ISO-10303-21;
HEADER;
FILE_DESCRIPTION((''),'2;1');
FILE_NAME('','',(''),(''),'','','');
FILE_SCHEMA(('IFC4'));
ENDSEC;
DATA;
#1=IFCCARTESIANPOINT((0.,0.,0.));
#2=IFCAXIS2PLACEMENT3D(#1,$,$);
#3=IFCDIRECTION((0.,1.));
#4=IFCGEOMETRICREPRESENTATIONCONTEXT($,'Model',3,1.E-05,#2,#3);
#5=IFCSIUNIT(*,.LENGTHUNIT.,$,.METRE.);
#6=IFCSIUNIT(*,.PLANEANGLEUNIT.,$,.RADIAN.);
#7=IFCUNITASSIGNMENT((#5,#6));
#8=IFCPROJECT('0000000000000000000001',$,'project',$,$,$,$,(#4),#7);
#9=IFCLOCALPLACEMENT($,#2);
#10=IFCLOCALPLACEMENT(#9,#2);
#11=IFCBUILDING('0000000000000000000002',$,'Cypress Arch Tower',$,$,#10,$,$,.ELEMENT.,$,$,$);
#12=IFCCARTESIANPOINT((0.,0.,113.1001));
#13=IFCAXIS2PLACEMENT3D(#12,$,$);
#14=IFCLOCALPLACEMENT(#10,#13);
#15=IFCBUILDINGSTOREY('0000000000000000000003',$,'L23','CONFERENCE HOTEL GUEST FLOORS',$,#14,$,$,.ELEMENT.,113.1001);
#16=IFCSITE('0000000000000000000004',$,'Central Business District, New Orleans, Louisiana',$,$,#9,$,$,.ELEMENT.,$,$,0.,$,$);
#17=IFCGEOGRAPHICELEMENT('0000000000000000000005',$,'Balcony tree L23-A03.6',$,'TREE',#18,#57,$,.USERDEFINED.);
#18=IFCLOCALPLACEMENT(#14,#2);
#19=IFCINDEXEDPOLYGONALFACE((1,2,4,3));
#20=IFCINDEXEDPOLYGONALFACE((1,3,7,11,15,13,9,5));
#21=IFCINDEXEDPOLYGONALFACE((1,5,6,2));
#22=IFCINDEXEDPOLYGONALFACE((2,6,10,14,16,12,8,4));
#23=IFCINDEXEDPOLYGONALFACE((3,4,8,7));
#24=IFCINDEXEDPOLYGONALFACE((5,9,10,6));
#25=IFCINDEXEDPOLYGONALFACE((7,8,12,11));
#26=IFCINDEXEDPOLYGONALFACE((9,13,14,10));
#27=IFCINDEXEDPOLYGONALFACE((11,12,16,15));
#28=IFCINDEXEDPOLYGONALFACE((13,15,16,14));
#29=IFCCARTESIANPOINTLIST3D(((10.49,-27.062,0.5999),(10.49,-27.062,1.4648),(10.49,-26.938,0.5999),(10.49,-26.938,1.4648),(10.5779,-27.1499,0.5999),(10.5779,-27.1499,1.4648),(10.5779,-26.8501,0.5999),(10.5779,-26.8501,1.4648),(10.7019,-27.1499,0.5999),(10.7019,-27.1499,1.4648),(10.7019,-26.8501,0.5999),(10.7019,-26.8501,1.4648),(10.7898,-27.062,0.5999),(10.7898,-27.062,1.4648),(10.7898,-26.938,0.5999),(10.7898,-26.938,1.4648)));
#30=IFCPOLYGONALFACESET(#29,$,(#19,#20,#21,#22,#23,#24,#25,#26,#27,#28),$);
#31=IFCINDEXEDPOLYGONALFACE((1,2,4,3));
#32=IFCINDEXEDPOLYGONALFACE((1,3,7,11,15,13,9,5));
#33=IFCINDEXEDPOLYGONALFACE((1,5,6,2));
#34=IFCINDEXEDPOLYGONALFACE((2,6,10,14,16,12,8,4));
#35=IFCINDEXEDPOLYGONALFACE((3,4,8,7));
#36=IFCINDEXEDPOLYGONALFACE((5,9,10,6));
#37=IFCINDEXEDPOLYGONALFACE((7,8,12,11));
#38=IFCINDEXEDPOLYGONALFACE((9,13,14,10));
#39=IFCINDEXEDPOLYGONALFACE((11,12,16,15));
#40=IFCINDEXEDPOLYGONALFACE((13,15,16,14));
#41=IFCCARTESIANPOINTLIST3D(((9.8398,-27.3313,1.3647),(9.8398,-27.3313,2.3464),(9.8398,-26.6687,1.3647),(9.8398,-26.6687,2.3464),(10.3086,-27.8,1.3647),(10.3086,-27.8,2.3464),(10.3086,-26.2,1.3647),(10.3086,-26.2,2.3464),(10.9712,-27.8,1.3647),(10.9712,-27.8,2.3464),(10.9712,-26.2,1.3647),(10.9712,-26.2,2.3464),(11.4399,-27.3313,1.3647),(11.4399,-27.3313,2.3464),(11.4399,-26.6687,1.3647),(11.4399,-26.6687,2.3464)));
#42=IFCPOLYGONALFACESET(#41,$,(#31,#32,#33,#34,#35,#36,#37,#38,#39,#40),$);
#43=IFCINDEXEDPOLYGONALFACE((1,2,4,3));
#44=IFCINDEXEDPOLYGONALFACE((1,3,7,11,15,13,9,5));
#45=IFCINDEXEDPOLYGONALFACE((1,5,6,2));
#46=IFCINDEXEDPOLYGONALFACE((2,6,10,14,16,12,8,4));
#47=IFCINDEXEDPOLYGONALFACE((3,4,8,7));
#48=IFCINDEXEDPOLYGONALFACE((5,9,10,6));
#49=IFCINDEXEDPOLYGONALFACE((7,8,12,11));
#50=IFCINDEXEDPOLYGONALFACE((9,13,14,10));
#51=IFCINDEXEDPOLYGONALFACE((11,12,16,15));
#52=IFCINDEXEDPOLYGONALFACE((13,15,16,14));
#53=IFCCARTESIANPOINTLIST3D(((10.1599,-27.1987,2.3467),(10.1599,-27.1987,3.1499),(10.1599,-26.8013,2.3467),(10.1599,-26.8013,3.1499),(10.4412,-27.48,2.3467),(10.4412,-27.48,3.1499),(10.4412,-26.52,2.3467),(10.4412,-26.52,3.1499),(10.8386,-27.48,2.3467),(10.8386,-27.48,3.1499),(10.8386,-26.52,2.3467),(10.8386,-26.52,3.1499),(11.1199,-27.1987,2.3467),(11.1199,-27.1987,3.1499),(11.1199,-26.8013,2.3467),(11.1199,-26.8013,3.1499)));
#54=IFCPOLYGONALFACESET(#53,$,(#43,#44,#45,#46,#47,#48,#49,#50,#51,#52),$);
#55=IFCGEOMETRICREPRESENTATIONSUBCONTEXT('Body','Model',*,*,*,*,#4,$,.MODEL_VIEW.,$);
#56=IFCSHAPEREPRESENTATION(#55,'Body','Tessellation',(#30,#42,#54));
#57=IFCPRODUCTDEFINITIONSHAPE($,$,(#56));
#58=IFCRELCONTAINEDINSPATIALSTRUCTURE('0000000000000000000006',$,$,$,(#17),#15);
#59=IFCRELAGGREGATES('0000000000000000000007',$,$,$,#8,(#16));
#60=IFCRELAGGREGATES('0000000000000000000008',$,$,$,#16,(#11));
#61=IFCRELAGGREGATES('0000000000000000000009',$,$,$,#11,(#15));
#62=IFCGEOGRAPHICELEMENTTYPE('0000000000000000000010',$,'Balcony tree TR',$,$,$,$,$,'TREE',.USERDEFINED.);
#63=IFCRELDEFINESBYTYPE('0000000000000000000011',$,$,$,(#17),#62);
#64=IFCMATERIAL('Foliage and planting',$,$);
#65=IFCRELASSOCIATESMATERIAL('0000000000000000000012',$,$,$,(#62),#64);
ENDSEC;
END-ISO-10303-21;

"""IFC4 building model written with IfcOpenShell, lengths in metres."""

from ifc_helpers import new_model, si_unit, direction, frame, origin, place, context, subcontext, project, spatial, polyline, outline, extrude, material, type_object, element, save


model = new_model("IFC4")

# Units and contexts
model_context = context("Model", 3, precision=1e-05, world=origin(), true_north=direction((0.0, 1.0)))
body_context = subcontext(model_context, "Body", "Model", "MODEL_VIEW")
ifc_project = project(units=[si_unit("LENGTHUNIT", "METRE"), si_unit("PLANEANGLEUNIT", "RADIAN")], contexts=[model_context])

# Site, building, storey
site_placement = place(None, origin())
site = spatial("IfcSite", under=ifc_project, at=site_placement, Name="Central Business District, New Orleans, Louisiana", CompositionType="ELEMENT", RefElevation=0.0)
building_placement = place(site_placement, origin())
building = spatial("IfcBuilding", under=site, at=building_placement, Name="Cypress Arch Tower", CompositionType="ELEMENT")
storey_placement = place(building_placement, frame((0.0, 0.0, 113.1001)))
storey = spatial("IfcBuildingStorey", under=building, at=storey_placement, Name="L23", Description="CONFERENCE HOTEL GUEST FLOORS", CompositionType="ELEMENT", Elevation=113.1001)

# Geographic element
ifc_material_1 = material(Name="Foliage and planting")
geographic_element_type = type_object("IfcGeographicElementType", Name="Balcony tree TR", ElementType="TREE", PredefinedType="USERDEFINED", material=ifc_material_1)
geographic_element_placement = place(storey_placement, frame((10.6399, -27.0, 0.5999), z_axis=(0.0, 0.0, 1.0), x_axis=(1.0, 0.0, 0.0)))
element("IfcGeographicElement", 1, at=geographic_element_placement, inside=storey, type_object=geographic_element_type, Name="Balcony tree L23-A03.6", ObjectType="TREE", PredefinedType="USERDEFINED", context=body_context, shape_type="SweptSolid", body=[
    extrude(outline(polyline([(0.1499, 0.062), (0.062, 0.1499), (-0.062, 0.1499), (-0.1499, 0.062), (-0.1499, -0.062), (-0.062, -0.1499), (0.062, -0.1499), (0.1499, -0.062), (0.1499, 0.062)])), origin(), (0.0, 0.0, 1.0), 0.865),
    extrude(outline(polyline([(0.8, 0.3313), (0.3313, 0.8), (-0.3313, 0.8), (-0.8, 0.3313), (-0.8, -0.3313), (-0.3313, -0.8), (0.3313, -0.8), (0.8, -0.3313), (0.8, 0.3313)])), frame((0.0, 0.0, 0.7649)), (0.0, 0.0, 1.0), 0.9817),
    extrude(outline(polyline([(0.48, 0.1987), (0.1987, 0.48), (-0.1987, 0.48), (-0.48, 0.1987), (-0.48, -0.1987), (-0.1987, -0.48), (0.1987, -0.48), (0.48, -0.1987), (0.48, 0.1987)])), frame((0.0, 0.0, 1.7468)), (0.0, 0.0, 1.0), 0.8032),
])

save(model, "model.ifc")
